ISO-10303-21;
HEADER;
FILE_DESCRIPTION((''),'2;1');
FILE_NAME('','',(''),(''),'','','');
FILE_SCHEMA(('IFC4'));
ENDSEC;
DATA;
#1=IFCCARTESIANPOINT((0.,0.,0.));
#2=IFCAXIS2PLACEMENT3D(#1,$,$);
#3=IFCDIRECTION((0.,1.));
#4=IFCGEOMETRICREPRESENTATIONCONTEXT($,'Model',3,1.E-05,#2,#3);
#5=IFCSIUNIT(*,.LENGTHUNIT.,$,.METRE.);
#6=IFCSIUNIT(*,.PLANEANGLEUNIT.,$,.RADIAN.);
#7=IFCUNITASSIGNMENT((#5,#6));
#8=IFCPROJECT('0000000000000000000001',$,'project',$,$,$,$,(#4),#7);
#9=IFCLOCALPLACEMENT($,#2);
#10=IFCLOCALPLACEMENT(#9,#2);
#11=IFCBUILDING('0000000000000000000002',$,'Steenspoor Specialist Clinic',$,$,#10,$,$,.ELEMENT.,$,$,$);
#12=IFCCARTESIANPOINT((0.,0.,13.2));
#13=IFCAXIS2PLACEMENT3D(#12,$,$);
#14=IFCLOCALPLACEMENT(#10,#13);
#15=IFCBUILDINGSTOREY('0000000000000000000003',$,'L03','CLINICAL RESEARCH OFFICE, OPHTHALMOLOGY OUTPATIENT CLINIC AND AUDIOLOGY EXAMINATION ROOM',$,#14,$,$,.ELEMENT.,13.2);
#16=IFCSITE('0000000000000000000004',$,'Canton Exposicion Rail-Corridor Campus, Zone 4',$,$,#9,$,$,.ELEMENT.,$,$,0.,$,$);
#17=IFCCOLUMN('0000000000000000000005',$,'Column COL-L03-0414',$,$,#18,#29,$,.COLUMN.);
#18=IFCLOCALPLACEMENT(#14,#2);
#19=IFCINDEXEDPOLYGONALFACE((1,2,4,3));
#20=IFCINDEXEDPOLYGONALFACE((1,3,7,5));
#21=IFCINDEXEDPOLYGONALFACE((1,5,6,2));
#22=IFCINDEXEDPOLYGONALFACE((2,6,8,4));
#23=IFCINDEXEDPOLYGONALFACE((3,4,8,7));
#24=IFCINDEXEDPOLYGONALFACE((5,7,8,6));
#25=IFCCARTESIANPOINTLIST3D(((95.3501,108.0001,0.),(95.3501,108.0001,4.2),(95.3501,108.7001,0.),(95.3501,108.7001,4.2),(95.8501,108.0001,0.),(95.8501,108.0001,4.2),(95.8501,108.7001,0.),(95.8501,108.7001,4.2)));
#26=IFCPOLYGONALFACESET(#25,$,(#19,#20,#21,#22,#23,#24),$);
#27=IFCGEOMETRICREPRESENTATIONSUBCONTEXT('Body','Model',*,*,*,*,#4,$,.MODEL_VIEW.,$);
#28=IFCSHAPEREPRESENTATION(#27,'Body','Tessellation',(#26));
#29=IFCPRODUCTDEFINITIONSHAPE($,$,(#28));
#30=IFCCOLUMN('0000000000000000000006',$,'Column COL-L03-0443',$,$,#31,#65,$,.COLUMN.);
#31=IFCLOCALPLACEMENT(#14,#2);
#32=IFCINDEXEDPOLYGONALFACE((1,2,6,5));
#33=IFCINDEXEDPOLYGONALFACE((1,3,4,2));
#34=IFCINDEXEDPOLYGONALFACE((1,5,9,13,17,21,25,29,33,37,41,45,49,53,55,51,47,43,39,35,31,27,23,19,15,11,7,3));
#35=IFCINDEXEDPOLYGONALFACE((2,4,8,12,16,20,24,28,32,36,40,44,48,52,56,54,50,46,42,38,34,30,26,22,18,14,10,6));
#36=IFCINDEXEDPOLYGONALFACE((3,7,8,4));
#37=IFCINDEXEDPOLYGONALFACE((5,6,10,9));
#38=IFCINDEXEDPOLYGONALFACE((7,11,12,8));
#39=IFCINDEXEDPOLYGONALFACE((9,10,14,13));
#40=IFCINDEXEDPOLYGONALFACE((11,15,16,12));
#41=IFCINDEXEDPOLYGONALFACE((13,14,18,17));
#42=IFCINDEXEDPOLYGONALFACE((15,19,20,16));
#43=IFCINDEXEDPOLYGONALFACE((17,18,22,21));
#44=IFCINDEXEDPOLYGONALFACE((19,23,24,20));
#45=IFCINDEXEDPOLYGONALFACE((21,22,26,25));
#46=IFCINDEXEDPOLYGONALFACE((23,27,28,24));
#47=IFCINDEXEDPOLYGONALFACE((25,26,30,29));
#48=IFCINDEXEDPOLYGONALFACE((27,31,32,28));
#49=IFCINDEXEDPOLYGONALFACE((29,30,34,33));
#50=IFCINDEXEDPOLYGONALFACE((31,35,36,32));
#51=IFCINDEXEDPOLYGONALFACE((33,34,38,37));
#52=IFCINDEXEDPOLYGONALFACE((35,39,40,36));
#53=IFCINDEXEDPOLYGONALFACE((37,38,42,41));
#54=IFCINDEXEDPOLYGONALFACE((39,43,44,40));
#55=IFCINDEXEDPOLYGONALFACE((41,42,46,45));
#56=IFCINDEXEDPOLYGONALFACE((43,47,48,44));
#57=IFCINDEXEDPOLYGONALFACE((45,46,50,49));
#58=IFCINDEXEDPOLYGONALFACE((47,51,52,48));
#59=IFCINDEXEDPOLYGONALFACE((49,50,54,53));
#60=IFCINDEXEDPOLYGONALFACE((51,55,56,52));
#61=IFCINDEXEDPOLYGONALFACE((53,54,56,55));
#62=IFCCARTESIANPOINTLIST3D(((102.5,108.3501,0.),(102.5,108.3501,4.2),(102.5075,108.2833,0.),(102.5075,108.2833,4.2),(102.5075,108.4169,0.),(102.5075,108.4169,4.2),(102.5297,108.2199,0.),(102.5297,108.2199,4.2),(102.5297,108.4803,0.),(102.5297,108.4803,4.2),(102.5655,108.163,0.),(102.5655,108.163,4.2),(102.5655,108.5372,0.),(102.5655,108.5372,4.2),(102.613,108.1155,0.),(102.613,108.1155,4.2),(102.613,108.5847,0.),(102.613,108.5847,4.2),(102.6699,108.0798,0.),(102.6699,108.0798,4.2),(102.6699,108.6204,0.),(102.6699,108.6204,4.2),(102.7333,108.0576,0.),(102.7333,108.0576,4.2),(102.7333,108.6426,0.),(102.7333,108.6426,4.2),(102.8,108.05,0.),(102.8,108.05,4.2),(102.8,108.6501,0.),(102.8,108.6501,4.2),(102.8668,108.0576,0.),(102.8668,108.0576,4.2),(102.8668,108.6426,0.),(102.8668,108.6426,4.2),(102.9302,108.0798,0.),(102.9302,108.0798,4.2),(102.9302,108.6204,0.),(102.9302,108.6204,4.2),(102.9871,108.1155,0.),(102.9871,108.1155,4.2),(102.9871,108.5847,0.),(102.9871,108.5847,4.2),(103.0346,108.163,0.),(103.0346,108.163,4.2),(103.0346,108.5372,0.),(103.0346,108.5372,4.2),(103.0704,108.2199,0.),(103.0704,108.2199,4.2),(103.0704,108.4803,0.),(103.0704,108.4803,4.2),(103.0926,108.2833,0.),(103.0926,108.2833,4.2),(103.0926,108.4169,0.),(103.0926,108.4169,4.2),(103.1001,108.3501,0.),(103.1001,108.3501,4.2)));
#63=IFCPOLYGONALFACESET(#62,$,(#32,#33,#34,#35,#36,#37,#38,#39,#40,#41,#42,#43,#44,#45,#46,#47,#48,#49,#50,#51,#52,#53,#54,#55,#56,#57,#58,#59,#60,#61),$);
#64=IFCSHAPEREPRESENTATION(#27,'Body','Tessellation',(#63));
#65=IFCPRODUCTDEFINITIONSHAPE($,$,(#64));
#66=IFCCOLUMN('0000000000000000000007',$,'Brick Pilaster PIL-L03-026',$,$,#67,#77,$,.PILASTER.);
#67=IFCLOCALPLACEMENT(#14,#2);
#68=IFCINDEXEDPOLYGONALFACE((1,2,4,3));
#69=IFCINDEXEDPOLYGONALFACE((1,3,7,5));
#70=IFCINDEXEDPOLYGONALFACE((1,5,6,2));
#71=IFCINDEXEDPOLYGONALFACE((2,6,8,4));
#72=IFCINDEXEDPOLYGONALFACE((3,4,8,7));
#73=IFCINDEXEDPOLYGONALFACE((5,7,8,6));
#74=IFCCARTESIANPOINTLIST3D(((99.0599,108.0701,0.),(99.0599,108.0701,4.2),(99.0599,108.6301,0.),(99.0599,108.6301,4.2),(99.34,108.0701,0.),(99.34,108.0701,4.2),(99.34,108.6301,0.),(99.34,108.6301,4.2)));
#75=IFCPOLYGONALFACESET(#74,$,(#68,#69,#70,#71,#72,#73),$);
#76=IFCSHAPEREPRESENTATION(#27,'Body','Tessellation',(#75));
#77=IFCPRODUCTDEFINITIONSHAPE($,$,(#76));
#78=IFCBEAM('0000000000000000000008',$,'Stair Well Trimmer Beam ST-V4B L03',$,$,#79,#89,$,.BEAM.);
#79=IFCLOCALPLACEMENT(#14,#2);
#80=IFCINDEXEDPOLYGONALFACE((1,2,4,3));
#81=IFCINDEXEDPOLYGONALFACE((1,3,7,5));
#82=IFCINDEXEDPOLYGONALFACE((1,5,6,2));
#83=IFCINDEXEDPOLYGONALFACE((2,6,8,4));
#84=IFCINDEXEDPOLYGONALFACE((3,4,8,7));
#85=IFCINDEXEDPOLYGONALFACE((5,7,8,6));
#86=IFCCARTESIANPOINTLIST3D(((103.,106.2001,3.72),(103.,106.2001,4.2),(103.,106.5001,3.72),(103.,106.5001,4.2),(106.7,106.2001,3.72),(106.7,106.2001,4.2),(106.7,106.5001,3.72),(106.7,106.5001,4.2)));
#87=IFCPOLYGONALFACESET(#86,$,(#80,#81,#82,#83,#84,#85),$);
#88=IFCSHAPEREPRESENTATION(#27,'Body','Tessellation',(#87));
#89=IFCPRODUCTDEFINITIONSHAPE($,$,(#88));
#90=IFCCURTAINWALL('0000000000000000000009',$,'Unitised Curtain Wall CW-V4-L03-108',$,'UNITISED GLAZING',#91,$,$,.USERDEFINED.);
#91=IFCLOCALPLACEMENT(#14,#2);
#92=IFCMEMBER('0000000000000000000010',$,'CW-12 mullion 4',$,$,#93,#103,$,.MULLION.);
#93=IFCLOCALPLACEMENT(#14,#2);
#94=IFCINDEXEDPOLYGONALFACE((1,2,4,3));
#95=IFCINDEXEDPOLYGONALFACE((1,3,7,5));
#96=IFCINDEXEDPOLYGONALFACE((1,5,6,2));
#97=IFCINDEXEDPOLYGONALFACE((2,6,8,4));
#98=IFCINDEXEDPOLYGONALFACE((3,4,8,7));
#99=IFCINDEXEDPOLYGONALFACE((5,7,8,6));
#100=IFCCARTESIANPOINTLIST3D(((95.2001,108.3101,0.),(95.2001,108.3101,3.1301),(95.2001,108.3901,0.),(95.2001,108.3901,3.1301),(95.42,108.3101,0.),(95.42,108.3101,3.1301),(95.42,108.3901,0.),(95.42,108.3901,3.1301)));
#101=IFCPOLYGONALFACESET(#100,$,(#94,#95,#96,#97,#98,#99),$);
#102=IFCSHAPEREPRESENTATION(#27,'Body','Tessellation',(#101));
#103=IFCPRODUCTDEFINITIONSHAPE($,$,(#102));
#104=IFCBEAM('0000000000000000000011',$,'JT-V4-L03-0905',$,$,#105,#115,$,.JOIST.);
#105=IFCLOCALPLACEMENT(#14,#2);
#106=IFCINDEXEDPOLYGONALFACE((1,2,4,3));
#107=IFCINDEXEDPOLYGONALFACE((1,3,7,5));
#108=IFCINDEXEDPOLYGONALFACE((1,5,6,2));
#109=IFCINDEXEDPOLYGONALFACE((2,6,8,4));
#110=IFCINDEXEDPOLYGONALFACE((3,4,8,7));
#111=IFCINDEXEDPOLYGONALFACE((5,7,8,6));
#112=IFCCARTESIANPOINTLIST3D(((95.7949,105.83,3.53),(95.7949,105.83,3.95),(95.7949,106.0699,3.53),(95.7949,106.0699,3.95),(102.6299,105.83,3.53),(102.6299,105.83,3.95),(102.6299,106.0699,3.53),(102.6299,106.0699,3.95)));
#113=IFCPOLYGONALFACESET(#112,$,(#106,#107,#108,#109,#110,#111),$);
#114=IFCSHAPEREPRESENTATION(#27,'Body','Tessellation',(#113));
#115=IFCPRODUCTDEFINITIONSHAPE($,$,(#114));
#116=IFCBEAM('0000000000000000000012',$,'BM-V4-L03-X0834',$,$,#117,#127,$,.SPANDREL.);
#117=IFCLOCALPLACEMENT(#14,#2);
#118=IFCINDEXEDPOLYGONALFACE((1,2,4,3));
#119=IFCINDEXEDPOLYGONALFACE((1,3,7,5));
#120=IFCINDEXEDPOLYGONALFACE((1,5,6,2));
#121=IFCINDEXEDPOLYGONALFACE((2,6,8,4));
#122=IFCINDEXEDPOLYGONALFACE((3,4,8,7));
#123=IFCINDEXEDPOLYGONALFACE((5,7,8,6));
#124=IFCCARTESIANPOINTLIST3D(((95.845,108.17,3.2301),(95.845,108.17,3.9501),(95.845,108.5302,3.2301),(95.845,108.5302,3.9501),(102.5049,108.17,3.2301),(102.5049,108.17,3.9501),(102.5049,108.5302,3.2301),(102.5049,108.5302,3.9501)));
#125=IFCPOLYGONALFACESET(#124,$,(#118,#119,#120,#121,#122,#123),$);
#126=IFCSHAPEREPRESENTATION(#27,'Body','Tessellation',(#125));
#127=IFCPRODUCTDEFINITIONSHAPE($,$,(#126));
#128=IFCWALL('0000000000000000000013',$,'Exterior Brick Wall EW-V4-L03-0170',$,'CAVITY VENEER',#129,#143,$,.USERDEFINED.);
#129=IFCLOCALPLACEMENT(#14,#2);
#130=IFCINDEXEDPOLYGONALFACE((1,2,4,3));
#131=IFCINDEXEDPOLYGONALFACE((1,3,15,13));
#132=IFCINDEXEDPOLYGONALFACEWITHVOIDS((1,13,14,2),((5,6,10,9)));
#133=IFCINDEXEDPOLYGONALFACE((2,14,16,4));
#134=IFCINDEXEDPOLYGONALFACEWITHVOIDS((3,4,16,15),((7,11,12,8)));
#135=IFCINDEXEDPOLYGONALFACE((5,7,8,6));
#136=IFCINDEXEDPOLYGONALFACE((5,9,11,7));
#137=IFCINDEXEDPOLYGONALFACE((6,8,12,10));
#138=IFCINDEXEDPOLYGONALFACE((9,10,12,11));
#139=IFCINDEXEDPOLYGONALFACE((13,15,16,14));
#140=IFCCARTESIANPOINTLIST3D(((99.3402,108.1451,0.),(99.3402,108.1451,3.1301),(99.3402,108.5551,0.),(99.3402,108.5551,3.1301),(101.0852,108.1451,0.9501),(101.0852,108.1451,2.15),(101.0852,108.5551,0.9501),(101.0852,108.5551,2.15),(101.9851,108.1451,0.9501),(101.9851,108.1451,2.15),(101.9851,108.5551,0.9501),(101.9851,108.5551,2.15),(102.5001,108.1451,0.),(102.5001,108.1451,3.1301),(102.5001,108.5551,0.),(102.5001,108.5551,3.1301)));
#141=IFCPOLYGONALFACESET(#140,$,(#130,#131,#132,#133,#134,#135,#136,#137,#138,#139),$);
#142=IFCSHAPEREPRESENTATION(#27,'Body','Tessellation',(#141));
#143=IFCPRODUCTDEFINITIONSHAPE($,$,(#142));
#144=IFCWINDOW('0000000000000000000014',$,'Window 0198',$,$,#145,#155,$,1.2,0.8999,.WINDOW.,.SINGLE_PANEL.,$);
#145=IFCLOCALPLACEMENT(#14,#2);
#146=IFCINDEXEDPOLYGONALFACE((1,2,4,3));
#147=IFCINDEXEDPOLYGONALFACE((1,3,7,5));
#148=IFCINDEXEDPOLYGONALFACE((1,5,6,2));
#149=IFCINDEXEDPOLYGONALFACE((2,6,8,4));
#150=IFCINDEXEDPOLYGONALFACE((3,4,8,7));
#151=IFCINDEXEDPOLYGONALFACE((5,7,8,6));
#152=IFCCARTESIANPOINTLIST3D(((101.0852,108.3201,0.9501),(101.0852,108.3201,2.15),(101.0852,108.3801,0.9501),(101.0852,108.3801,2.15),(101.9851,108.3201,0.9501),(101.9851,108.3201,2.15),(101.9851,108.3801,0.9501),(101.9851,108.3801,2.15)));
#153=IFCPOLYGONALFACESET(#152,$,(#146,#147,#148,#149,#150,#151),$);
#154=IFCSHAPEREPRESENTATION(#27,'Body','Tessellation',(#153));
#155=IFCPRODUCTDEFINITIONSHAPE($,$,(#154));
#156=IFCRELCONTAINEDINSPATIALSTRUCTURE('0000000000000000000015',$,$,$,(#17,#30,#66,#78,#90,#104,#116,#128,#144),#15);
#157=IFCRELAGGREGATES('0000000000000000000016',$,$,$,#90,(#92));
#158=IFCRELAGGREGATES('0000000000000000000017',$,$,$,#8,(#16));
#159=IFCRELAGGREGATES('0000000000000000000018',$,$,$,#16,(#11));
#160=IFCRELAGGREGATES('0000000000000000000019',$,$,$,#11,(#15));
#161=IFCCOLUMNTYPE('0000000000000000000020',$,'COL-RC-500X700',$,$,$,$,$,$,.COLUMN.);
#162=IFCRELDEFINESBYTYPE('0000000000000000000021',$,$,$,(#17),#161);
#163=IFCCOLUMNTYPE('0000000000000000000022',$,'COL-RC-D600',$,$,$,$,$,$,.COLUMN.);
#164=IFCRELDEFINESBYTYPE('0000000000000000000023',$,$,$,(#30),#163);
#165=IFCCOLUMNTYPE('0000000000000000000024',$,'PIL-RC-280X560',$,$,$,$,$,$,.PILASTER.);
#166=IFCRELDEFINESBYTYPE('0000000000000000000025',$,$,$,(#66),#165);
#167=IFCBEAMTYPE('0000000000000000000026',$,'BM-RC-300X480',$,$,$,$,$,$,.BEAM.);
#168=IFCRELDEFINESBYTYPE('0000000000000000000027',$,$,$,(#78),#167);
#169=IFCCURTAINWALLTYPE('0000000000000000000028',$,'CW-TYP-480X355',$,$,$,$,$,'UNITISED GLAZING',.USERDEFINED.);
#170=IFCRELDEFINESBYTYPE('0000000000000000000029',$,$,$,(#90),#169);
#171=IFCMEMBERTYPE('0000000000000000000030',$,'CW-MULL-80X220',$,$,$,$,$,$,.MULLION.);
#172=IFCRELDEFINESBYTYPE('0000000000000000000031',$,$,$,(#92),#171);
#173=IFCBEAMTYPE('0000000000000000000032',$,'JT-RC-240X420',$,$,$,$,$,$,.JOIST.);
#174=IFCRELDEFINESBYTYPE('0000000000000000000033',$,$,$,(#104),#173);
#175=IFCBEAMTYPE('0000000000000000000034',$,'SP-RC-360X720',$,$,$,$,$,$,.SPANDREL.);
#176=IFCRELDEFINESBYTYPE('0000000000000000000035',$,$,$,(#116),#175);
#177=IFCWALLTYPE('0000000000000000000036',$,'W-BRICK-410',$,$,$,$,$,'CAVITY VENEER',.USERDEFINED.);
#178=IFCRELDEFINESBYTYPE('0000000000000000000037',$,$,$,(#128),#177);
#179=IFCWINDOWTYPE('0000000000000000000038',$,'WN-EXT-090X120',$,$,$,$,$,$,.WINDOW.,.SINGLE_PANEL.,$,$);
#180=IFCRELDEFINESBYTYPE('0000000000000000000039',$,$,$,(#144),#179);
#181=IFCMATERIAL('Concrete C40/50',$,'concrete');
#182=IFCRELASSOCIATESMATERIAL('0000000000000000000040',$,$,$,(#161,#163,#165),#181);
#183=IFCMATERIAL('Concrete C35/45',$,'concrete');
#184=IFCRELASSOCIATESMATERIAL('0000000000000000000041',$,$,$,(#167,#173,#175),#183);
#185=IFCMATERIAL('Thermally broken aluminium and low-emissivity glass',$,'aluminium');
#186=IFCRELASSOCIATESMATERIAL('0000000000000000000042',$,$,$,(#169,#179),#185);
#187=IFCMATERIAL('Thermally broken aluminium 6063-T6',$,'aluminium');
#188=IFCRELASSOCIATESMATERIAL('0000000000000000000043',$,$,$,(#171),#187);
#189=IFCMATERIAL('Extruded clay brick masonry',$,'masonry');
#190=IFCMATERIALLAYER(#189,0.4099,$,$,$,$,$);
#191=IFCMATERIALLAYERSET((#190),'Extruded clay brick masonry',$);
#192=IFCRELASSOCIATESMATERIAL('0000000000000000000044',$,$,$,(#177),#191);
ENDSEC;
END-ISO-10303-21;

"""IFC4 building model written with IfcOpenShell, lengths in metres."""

from ifc_helpers import new_model, si_unit, direction, frame, frame_2d, origin, origin_2d, place, context, subcontext, project, spatial, rectangle, circle, extrude, material, layer, layer_set, material_profile, profile_set, type_object, element, fill, aggregate, save


model = new_model("IFC4")

# Units and contexts
model_context = context("Model", 3, precision=1e-05, world=origin(), true_north=direction((0.0, 1.0)))
body_context = subcontext(model_context, "Body", "Model", "MODEL_VIEW")
ifc_project = project(units=[si_unit("LENGTHUNIT", "METRE"), si_unit("PLANEANGLEUNIT", "RADIAN")], contexts=[model_context])

# Site, building, storey
site_placement = place(None, origin())
site = spatial("IfcSite", under=ifc_project, at=site_placement, Name="Canton Exposicion Rail-Corridor Campus, Zone 4", CompositionType="ELEMENT", RefElevation=0.0)
building_placement = place(site_placement, origin())
building = spatial("IfcBuilding", under=site, at=building_placement, Name="Steenspoor Specialist Clinic", CompositionType="ELEMENT")
storey_placement = place(building_placement, frame((0.0, 0.0, 13.2)))
storey = spatial("IfcBuildingStorey", under=building, at=storey_placement, Name="L03", Description="CLINICAL RESEARCH OFFICE, OPHTHALMOLOGY OUTPATIENT CLINIC AND AUDIOLOGY EXAMINATION ROOM", CompositionType="ELEMENT", Elevation=13.2)

# Columns
ifc_material_1 = material(Name="Concrete C40/50", Category="concrete")
ifc_material_profile_1 = material_profile(ifc_material_1, rectangle(XDim=0.5, YDim=0.7, at=origin_2d()), Name="RC-COL-500X700")
ifc_profile_set_1 = profile_set([ifc_material_profile_1], Name="Concrete C40/50")
column_type_1 = type_object("IfcColumnType", Name="COL-RC-500X700", PredefinedType="COLUMN", material=ifc_profile_set_1)
column_1_placement = place(storey_placement, frame((95.6001, 108.3501, 0.0), z_axis=(0.0, 0.0, 1.0), x_axis=(1.0, 0.0, 0.0)))
element("IfcColumn", 1, at=column_1_placement, inside=storey, type_object=column_type_1, Name="Column COL-L03-0414", PredefinedType="COLUMN", context=body_context, shape_type="SweptSolid", body=[
    extrude(rectangle(XDim=0.5, YDim=0.7, at=origin_2d()), origin(), (0.0, 0.0, 1.0), 4.2),
])
ifc_material_profile_2 = material_profile(ifc_material_1, circle(Radius=0.3, at=origin_2d()), Name="RC-COL-D600")
ifc_profile_set_2 = profile_set([ifc_material_profile_2], Name="Concrete C40/50")
column_type_2 = type_object("IfcColumnType", Name="COL-RC-D600", PredefinedType="COLUMN", material=ifc_profile_set_2)
column_2_placement = place(storey_placement, frame((102.8, 108.3501, 0.0), z_axis=(0.0, 0.0, 1.0), x_axis=(1.0, 0.0, 0.0)))
element("IfcColumn", 2, at=column_2_placement, inside=storey, type_object=column_type_2, Name="Column COL-L03-0443", PredefinedType="COLUMN", context=body_context, shape_type="SweptSolid", body=[
    extrude(circle(Radius=0.3, at=origin_2d()), origin(), (0.0, 0.0, 1.0), 4.2),
])
ifc_material_profile_3 = material_profile(ifc_material_1, rectangle(XDim=0.28, YDim=0.5601, at=origin_2d()), Name="RC-PIL-280X560")
ifc_profile_set_3 = profile_set([ifc_material_profile_3], Name="Concrete C40/50")
column_type_3 = type_object("IfcColumnType", Name="PIL-RC-280X560", PredefinedType="PILASTER", material=ifc_profile_set_3)
column_3_placement = place(storey_placement, frame((99.2, 108.3501, 0.0), z_axis=(0.0, 0.0, 1.0), x_axis=(1.0, 0.0, 0.0)))
element("IfcColumn", 3, at=column_3_placement, inside=storey, type_object=column_type_3, Name="Brick Pilaster PIL-L03-026", PredefinedType="PILASTER", context=body_context, shape_type="SweptSolid", body=[
    extrude(rectangle(XDim=0.28, YDim=0.5601, at=origin_2d()), origin(), (0.0, 0.0, 1.0), 4.2),
])

# Beam
ifc_material_2 = material(Name="Concrete C35/45", Category="concrete")
ifc_material_profile_4 = material_profile(ifc_material_2, rectangle(XDim=0.3, YDim=0.48, at=origin_2d()), Name="RC-BM-300X480")
ifc_profile_set_4 = profile_set([ifc_material_profile_4], Name="Concrete C35/45")
beam_type_1 = type_object("IfcBeamType", Name="BM-RC-300X480", PredefinedType="BEAM", material=ifc_profile_set_4)
beam_1_placement = place(storey_placement, frame((103.0, 106.3501, 3.96), z_axis=(1.0, 0.0, 0.0), x_axis=(0.0, 1.0, 0.0)))
element("IfcBeam", 4, at=beam_1_placement, inside=storey, type_object=beam_type_1, Name="Stair Well Trimmer Beam ST-V4B L03", PredefinedType="BEAM", context=body_context, shape_type="SweptSolid", body=[
    extrude(rectangle(XDim=0.3, YDim=0.48, at=origin_2d()), origin(), (0.0, 0.0, 1.0), 3.7),
])

# Curtain wall, member
ifc_material_3 = material(Name="Thermally broken aluminium and low-emissivity glass", Category="aluminium")
curtain_wall_type = type_object("IfcCurtainWallType", Name="CW-TYP-480X355", ElementType="UNITISED GLAZING", PredefinedType="USERDEFINED", material=ifc_material_3)
curtain_wall_placement = place(storey_placement, origin())
curtain_wall = element("IfcCurtainWall", 5, at=curtain_wall_placement, inside=storey, type_object=curtain_wall_type, Name="Unitised Curtain Wall CW-V4-L03-108", ObjectType="UNITISED GLAZING", PredefinedType="USERDEFINED")
ifc_material_4 = material(Name="Thermally broken aluminium 6063-T6", Category="aluminium")
ifc_material_profile_5 = material_profile(ifc_material_4, rectangle(XDim=0.0801, YDim=0.22, at=origin_2d()), Name="CWM-80X220")
ifc_profile_set_5 = profile_set([ifc_material_profile_5], Name="Thermally broken aluminium 6063-T6")
member_type = type_object("IfcMemberType", Name="CW-MULL-80X220", PredefinedType="MULLION", material=ifc_profile_set_5)
member_placement = place(storey_placement, frame((95.3101, 108.3501, 0.0), z_axis=(0.0, 0.0, 1.0), x_axis=(0.0, 1.0, 0.0)))
member = element("IfcMember", 6, at=member_placement, type_object=member_type, Name="CW-12 mullion 4", PredefinedType="MULLION", context=body_context, shape_type="SweptSolid", body=[
    extrude(rectangle(XDim=0.0801, YDim=0.22, at=origin_2d()), origin(), (0.0, 0.0, 1.0), 3.1301),
])
aggregate(curtain_wall, [member])

# Beams
ifc_material_profile_6 = material_profile(ifc_material_2, rectangle(XDim=0.24, YDim=0.4199, at=origin_2d()), Name="RC-JT-240X420")
ifc_profile_set_6 = profile_set([ifc_material_profile_6], Name="Concrete C35/45")
beam_type_2 = type_object("IfcBeamType", Name="JT-RC-240X420", PredefinedType="JOIST", material=ifc_profile_set_6)
beam_2_placement = place(storey_placement, frame((95.7949, 105.95, 3.74), z_axis=(1.0, 0.0, 0.0), x_axis=(0.0, 1.0, 0.0)))
element("IfcBeam", 7, at=beam_2_placement, inside=storey, type_object=beam_type_2, Name="JT-V4-L03-0905", PredefinedType="JOIST", context=body_context, shape_type="SweptSolid", body=[
    extrude(rectangle(XDim=0.24, YDim=0.4199, at=origin_2d()), origin(), (0.0, 0.0, 1.0), 6.835),
])
ifc_material_profile_7 = material_profile(ifc_material_2, rectangle(XDim=0.3601, YDim=0.72, at=origin_2d()), Name="RC-SP-360X720")
ifc_profile_set_7 = profile_set([ifc_material_profile_7], Name="Concrete C35/45")
beam_type_3 = type_object("IfcBeamType", Name="SP-RC-360X720", PredefinedType="SPANDREL", material=ifc_profile_set_7)
beam_3_placement = place(storey_placement, frame((95.845, 108.3501, 3.5901), z_axis=(1.0, 0.0, 0.0), x_axis=(0.0, 1.0, 0.0)))
element("IfcBeam", 8, at=beam_3_placement, inside=storey, type_object=beam_type_3, Name="BM-V4-L03-X0834", PredefinedType="SPANDREL", context=body_context, shape_type="SweptSolid", body=[
    extrude(rectangle(XDim=0.3601, YDim=0.72, at=origin_2d()), origin(), (0.0, 0.0, 1.0), 6.6599),
])

# Wall, opening, window
ifc_material_5 = material(Name="Extruded clay brick masonry", Category="masonry")
ifc_layer_1 = layer(ifc_material_5, 0.4099)
ifc_layer_set_1 = layer_set([ifc_layer_1], Name="Extruded clay brick masonry")
wall_type_1 = type_object("IfcWallType", Name="W-BRICK-410", ElementType="CAVITY VENEER", PredefinedType="USERDEFINED", material=ifc_layer_set_1)
wall_1_placement = place(storey_placement, frame((99.3401, 108.3501, 0.0), z_axis=(0.0, 0.0, 1.0), x_axis=(1.0, 0.0, 0.0)))
wall_1 = element("IfcWall", 9, at=wall_1_placement, inside=storey, type_object=wall_type_1, Name="Exterior Brick Wall EW-V4-L03-0170", ObjectType="CAVITY VENEER", PredefinedType="USERDEFINED", context=body_context, shape_type="SweptSolid", body=[
    extrude(rectangle(XDim=3.1599, YDim=0.4099, at=frame_2d((1.5801, 0.0))), origin(), (0.0, 0.0, 1.0), 3.1301),
])
opening_1_placement = place(wall_1_placement, frame((1.7451, 0.0, 0.95)))
opening_1 = element("IfcOpeningElement", 10, at=opening_1_placement, cuts=wall_1, PredefinedType="OPENING", context=body_context, shape_type="SweptSolid", body=[
    extrude(rectangle(XDim=0.8999, YDim=1.2, at=frame_2d((0.45, 0.6001))), frame((0.0, 0.2148, 0.0), z_axis=(0.0, -1.0, 0.0), x_axis=(1.0, 0.0, 0.0)), (0.0, 0.0, 1.0), 0.4299),
])
window_type_1 = type_object("IfcWindowType", Name="WN-EXT-090X120", PartitioningType="SINGLE_PANEL", PredefinedType="WINDOW", material=ifc_material_3)
window_1_placement = place(opening_1_placement, origin())
window_1 = element("IfcWindow", 11, at=window_1_placement, inside=storey, type_object=window_type_1, Name="Window 0198", OverallHeight=1.2, OverallWidth=0.8999, PartitioningType="SINGLE_PANEL", PredefinedType="WINDOW", context=body_context, shape_type="SweptSolid", body=[
    extrude(rectangle(XDim=0.8999, YDim=1.2, at=frame_2d((0.45, 0.6001))), frame((0.0, 0.03, 0.0), z_axis=(0.0, -1.0, 0.0), x_axis=(1.0, 0.0, 0.0)), (0.0, 0.0, 1.0), 0.0601),
])
fill(opening_1, window_1)

save(model, "model.ifc")
